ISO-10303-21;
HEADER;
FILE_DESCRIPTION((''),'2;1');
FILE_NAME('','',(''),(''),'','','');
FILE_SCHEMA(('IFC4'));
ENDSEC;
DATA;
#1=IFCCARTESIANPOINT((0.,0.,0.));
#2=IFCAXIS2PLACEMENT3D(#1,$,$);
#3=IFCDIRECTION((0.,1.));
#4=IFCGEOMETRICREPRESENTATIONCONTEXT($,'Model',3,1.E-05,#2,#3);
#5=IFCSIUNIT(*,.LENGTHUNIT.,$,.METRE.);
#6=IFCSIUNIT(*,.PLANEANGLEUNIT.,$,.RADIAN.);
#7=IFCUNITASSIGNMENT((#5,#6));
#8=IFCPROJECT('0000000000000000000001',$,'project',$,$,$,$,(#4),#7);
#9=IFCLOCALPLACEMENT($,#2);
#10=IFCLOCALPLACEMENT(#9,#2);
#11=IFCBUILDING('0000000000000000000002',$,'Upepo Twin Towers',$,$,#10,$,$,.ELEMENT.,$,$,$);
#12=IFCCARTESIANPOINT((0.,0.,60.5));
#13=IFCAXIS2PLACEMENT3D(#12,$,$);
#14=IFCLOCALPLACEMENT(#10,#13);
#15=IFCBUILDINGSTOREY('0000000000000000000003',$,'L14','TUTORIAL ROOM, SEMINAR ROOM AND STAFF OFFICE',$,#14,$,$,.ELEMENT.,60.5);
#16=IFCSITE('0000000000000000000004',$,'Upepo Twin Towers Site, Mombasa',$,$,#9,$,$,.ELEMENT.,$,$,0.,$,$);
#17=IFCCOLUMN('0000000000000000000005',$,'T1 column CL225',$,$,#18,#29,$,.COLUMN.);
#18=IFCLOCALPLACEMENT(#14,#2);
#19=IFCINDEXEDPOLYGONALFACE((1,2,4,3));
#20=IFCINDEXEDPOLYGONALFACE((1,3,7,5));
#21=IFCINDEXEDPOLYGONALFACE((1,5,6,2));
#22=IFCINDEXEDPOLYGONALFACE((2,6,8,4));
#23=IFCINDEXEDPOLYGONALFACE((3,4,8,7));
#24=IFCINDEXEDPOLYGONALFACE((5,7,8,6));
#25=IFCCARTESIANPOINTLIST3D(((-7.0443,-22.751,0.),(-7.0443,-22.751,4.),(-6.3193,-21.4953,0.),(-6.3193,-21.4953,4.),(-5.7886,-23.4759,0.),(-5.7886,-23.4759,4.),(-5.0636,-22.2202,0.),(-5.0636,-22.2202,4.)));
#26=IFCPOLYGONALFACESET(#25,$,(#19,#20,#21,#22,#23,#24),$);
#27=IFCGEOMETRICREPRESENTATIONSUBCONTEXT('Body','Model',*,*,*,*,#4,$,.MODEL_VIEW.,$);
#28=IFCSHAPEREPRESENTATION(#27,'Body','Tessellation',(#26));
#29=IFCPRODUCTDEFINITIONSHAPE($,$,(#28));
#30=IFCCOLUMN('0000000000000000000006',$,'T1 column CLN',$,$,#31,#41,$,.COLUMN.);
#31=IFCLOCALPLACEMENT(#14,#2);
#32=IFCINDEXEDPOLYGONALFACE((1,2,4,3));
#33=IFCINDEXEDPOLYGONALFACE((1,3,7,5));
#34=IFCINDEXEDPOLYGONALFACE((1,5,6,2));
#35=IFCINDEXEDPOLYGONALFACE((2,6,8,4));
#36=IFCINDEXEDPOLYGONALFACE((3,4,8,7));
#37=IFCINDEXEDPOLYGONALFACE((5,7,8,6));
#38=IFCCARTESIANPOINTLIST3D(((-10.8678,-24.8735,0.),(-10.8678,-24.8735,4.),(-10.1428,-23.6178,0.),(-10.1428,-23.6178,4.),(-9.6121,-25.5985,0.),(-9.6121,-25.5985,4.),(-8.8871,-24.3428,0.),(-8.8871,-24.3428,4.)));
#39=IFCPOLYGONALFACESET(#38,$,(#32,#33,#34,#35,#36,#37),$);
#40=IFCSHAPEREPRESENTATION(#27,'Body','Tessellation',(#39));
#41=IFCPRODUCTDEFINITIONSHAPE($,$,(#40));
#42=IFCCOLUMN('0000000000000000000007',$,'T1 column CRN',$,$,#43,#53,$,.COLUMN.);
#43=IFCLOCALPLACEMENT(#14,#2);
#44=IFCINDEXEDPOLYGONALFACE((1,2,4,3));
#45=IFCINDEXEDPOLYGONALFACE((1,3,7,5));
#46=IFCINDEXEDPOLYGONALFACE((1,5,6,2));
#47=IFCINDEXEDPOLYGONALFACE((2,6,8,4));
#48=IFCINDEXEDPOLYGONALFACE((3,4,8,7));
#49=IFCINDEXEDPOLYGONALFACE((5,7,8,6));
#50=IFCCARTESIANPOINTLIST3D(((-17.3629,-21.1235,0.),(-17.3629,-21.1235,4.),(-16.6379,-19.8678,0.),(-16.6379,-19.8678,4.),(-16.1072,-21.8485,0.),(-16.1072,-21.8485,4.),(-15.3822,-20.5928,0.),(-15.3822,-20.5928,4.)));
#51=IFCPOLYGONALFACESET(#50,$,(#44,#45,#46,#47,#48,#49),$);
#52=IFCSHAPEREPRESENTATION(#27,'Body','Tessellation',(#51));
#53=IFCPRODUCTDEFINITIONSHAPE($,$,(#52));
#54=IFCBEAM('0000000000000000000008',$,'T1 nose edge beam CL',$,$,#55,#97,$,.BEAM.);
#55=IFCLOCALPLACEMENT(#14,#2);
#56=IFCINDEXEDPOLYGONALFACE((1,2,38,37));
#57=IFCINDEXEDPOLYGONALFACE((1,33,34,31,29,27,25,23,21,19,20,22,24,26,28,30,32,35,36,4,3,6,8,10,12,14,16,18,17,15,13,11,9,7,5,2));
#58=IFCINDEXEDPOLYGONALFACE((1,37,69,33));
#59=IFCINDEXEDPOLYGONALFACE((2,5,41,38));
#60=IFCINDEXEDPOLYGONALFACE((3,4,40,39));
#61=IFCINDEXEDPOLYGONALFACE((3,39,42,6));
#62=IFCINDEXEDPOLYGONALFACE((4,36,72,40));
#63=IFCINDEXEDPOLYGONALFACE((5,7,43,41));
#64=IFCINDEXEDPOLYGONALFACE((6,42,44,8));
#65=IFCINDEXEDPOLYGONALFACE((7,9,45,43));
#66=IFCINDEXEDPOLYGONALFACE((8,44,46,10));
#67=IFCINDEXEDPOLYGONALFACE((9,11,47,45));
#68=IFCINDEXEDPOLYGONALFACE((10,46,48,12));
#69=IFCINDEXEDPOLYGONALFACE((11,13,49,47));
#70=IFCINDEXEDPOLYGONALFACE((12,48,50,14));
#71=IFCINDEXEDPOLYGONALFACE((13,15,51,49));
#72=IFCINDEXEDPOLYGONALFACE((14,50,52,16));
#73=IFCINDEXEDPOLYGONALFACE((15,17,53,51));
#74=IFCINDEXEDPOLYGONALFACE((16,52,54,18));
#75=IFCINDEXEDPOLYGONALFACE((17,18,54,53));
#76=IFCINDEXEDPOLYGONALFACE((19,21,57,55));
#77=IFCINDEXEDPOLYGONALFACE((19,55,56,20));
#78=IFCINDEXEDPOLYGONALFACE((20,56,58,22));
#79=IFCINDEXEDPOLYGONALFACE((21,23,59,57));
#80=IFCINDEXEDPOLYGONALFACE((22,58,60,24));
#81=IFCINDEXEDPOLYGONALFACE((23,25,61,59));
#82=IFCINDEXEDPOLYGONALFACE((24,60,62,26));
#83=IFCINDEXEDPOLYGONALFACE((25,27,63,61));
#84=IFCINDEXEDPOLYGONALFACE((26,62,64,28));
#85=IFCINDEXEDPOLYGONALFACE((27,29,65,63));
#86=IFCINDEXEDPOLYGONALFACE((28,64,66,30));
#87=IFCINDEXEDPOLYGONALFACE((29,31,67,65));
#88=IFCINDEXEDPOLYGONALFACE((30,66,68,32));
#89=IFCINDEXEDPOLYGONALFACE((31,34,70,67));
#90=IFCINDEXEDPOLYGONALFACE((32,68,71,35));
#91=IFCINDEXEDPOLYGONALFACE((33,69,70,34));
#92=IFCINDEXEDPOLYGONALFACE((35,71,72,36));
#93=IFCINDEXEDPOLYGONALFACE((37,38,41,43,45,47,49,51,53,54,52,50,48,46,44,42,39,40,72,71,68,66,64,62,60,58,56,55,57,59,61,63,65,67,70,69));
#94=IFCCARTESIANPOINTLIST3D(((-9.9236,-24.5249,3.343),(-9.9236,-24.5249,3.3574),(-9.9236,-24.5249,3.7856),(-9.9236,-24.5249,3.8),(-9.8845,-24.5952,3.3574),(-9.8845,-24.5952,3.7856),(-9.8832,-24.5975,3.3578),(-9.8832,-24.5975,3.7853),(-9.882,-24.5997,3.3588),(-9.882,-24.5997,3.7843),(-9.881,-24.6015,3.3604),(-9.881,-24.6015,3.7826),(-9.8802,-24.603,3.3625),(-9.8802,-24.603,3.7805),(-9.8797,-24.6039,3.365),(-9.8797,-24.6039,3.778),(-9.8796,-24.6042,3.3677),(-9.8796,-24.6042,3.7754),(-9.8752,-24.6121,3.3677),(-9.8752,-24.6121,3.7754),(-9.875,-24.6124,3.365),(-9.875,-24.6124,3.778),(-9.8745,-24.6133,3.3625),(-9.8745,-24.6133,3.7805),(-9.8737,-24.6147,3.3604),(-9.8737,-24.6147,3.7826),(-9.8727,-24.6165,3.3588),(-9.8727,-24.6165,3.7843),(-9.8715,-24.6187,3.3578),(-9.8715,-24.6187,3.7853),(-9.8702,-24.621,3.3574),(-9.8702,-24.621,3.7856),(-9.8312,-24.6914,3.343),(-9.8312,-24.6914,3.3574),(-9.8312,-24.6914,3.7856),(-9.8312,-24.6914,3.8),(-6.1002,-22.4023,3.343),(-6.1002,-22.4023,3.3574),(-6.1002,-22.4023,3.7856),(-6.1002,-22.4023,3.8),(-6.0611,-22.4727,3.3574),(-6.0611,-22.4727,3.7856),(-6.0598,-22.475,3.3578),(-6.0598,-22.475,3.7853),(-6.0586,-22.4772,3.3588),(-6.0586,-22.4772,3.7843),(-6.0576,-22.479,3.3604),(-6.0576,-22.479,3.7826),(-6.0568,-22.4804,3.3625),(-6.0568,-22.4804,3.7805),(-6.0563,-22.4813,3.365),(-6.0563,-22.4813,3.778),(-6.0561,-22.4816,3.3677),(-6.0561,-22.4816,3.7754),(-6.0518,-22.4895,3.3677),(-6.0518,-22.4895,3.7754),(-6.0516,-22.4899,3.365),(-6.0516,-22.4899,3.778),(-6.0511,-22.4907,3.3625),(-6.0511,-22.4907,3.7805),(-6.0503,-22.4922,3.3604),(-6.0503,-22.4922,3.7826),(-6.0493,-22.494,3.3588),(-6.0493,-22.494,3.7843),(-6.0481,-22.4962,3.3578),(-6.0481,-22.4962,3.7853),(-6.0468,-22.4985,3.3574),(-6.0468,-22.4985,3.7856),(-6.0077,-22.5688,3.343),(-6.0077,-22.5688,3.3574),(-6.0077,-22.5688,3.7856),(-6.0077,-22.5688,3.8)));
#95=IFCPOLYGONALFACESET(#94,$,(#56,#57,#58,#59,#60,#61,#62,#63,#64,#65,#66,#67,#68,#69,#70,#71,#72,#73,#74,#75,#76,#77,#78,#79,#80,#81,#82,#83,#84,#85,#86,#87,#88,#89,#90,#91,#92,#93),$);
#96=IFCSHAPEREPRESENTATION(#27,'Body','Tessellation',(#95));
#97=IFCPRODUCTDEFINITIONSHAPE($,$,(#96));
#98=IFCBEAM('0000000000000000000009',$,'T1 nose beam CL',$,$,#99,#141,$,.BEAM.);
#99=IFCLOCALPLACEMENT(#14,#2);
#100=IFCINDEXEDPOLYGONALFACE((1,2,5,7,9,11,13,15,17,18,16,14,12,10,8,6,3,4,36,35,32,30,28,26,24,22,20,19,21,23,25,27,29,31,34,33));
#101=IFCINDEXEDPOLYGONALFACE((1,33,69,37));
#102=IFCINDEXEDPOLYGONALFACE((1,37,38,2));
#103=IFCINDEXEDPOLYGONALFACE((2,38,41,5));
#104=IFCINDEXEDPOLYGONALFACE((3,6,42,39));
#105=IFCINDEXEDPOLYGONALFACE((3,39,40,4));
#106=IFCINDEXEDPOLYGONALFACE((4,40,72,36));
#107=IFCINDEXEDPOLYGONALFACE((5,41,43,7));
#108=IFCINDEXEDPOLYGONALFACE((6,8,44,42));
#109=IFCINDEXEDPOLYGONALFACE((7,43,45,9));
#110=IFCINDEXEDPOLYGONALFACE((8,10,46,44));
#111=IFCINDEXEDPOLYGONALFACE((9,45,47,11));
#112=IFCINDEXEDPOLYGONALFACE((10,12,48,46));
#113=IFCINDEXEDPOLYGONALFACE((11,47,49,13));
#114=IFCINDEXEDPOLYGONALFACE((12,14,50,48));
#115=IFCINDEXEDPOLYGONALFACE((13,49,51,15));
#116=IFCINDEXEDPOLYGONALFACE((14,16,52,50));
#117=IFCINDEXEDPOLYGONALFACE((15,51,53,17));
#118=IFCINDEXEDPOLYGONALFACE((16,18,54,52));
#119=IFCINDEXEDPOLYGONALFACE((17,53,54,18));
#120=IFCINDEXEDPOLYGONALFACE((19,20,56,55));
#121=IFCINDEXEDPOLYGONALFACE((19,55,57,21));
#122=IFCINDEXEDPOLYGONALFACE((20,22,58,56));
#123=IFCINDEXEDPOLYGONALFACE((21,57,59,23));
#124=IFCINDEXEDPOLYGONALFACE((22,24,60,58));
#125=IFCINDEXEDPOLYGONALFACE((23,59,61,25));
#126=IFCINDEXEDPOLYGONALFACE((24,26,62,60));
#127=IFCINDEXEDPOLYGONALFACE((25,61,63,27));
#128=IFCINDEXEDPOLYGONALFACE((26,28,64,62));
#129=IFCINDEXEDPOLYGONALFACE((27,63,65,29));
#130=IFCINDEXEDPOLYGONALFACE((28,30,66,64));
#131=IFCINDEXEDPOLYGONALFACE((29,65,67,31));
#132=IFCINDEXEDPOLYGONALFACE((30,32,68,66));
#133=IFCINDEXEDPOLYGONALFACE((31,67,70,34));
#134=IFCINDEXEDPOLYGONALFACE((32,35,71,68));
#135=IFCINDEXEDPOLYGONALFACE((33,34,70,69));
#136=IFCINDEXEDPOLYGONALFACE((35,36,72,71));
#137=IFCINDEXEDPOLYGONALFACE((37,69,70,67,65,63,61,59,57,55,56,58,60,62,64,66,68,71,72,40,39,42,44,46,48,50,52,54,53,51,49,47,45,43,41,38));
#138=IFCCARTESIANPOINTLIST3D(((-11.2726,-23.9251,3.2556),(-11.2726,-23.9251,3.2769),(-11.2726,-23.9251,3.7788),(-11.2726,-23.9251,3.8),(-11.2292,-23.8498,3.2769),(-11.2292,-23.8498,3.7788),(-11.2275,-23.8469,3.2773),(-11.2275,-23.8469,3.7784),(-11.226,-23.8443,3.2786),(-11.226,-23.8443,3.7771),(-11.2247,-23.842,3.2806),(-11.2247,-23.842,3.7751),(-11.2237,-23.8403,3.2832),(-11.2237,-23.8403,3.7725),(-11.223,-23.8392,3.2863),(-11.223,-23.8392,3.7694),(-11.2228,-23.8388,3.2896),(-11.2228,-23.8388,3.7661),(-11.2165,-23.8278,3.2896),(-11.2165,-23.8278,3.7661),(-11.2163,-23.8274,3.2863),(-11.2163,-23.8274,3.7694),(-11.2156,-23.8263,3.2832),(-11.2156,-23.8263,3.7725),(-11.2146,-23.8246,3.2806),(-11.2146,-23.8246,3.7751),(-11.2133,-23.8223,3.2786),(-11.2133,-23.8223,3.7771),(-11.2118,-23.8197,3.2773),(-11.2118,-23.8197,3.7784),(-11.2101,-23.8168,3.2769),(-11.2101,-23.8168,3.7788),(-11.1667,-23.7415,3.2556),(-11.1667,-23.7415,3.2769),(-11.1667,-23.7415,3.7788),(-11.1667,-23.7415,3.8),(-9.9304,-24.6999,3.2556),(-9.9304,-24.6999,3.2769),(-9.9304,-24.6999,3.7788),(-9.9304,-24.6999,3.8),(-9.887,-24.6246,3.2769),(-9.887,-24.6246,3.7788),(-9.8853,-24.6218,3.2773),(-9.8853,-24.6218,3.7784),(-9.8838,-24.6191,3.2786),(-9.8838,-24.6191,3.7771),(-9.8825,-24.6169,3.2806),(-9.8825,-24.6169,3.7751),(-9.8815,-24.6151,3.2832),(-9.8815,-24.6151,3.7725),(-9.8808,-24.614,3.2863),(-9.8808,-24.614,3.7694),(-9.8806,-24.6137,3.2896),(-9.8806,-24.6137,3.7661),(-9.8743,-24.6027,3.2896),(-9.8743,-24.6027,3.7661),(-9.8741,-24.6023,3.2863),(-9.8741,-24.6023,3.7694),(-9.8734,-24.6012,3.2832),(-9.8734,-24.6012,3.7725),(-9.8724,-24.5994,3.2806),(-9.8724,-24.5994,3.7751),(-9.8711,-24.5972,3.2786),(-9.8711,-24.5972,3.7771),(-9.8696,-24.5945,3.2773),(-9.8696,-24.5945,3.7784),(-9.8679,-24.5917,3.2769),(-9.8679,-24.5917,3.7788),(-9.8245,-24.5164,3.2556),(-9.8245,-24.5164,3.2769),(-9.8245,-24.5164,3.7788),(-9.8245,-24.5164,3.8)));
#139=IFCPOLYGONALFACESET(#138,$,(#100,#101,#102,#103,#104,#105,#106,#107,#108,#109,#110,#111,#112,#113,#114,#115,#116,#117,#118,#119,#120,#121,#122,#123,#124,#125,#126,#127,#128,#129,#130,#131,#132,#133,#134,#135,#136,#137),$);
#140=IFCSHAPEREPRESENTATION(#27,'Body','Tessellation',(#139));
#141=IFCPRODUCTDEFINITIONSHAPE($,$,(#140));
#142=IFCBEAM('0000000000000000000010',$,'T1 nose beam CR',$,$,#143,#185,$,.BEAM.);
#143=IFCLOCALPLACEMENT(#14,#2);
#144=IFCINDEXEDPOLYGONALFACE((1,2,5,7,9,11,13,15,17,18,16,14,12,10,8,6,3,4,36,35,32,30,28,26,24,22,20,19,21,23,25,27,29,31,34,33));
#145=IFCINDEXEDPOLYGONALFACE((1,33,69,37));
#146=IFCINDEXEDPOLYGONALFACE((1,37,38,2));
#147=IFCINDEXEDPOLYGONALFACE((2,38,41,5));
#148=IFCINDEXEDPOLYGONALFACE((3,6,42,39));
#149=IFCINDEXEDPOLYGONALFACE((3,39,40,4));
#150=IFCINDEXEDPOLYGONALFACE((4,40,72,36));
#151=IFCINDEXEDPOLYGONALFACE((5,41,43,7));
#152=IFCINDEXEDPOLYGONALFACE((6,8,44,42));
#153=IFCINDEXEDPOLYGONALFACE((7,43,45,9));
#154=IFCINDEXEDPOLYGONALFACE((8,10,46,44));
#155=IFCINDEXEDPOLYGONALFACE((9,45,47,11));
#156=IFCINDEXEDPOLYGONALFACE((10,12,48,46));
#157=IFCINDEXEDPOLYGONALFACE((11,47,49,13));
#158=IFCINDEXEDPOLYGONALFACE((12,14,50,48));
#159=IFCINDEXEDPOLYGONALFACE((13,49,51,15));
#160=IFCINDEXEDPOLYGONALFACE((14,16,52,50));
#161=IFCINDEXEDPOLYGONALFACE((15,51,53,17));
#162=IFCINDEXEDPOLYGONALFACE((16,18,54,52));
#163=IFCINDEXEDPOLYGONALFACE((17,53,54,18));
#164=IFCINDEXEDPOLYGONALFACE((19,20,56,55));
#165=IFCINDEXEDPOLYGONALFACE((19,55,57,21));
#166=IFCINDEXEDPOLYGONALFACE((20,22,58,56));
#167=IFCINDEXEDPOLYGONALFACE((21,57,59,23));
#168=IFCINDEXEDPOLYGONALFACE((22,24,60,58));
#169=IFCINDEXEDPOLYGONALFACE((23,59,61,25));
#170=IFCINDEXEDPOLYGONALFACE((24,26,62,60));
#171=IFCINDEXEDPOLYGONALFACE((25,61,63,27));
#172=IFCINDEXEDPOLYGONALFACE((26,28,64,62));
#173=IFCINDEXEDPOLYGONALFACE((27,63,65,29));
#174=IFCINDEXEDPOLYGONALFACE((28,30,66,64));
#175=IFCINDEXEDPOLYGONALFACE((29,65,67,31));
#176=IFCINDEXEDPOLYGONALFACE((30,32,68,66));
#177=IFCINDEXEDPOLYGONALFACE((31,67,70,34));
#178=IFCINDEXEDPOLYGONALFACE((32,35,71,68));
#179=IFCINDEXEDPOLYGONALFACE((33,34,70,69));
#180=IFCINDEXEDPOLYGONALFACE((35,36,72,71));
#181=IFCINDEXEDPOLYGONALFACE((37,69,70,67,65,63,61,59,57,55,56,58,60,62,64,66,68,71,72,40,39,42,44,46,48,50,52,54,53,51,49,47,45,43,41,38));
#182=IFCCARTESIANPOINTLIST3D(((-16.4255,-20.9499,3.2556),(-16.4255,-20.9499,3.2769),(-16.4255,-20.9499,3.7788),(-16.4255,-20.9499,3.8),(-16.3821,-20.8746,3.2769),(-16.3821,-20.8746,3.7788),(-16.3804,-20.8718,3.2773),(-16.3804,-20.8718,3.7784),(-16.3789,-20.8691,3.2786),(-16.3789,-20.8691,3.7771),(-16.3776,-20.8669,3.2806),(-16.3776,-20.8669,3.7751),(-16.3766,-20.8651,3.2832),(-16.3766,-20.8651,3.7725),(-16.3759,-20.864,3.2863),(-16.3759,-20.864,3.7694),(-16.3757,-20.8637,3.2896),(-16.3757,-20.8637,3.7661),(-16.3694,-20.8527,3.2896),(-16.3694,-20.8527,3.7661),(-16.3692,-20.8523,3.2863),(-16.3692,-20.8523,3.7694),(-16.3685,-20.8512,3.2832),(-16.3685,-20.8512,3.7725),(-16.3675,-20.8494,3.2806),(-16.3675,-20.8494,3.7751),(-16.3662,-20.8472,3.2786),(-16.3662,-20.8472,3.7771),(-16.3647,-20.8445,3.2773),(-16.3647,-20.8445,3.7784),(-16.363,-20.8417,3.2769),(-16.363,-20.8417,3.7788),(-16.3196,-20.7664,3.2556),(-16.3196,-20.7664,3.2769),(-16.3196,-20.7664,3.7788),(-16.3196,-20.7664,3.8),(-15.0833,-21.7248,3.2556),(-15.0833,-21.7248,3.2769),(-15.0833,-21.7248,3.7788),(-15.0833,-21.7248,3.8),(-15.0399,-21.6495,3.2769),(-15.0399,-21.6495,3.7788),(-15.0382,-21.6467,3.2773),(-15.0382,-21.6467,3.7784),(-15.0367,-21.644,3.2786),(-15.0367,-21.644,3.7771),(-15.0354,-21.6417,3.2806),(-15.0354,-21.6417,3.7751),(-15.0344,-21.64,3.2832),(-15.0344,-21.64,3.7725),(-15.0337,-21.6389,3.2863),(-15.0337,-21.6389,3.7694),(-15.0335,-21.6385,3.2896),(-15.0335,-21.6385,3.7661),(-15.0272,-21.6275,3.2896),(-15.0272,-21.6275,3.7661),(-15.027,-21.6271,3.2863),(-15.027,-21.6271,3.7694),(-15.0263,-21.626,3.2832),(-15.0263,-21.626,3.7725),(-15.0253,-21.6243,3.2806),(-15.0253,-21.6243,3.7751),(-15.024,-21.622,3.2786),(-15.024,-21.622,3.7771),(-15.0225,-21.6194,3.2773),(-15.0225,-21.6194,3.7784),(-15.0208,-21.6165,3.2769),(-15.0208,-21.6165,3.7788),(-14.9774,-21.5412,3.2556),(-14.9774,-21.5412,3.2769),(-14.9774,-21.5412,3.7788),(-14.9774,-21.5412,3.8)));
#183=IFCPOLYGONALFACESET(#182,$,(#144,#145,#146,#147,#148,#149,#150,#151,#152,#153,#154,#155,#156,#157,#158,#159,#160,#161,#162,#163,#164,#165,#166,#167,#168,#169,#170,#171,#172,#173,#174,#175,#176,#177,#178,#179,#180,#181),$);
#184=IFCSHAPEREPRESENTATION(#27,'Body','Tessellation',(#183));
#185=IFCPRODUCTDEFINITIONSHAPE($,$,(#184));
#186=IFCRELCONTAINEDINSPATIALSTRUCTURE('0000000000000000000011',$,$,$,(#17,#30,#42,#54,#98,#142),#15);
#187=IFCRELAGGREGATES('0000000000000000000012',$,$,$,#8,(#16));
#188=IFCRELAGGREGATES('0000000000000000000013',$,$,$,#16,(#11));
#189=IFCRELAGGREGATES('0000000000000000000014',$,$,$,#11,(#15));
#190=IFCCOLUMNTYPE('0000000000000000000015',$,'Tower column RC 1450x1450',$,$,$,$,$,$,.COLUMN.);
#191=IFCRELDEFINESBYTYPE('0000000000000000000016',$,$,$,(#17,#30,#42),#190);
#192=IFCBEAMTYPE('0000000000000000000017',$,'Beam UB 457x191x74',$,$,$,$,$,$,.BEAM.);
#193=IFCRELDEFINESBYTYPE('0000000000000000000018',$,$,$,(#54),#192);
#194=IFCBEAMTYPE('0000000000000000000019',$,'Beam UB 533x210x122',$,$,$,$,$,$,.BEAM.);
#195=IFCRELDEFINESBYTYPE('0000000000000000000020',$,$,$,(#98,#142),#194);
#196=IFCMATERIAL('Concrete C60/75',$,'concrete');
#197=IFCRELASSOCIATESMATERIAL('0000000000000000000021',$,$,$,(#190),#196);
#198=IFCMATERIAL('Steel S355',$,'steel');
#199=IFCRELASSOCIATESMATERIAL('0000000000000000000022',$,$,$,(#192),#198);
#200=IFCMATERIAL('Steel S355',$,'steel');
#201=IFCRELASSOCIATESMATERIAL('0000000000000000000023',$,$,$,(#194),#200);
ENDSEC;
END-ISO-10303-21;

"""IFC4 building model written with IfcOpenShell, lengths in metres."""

from ifc_helpers import new_model, si_unit, direction, frame, origin, origin_2d, place, context, subcontext, project, spatial, rectangle, i_section, extrude, material, material_profile, profile_set, type_object, element, save


model = new_model("IFC4")

# Units and contexts
model_context = context("Model", 3, precision=1e-05, world=origin(), true_north=direction((0.0, 1.0)))
body_context = subcontext(model_context, "Body", "Model", "MODEL_VIEW")
ifc_project = project(units=[si_unit("LENGTHUNIT", "METRE"), si_unit("PLANEANGLEUNIT", "RADIAN")], contexts=[model_context])

# Site, building, storey
site_placement = place(None, origin())
site = spatial("IfcSite", under=ifc_project, at=site_placement, Name="Upepo Twin Towers Site, Mombasa", CompositionType="ELEMENT", RefElevation=0.0)
building_placement = place(site_placement, origin())
building = spatial("IfcBuilding", under=site, at=building_placement, Name="Upepo Twin Towers", CompositionType="ELEMENT")
storey_placement = place(building_placement, frame((0.0, 0.0, 60.5)))
storey = spatial("IfcBuildingStorey", under=building, at=storey_placement, Name="L14", Description="TUTORIAL ROOM, SEMINAR ROOM AND STAFF OFFICE", CompositionType="ELEMENT", Elevation=60.5)

# Columns
ifc_material_1 = material(Name="Concrete C60/75", Category="concrete")
ifc_material_profile_1 = material_profile(ifc_material_1, rectangle(XDim=1.45, YDim=1.45, at=origin_2d()), Name="RC 1450x1450")
ifc_profile_set_1 = profile_set([ifc_material_profile_1], Name="Concrete C60/75")
column_type = type_object("IfcColumnType", Name="Tower column RC 1450x1450", PredefinedType="COLUMN", material=ifc_profile_set_1)
for number, where, z_axis, x_axis, name in (
    (1, (-6.054, -22.4856, 0.0), (0.0, 0.0, 1.0), (0.5, 0.866025, 0.0), "T1 column CL225"),
    (2, (-9.8774, -24.6082, 0.0), (0.0, 0.0, 1.0), (0.5, 0.866025, 0.0), "T1 column CLN"),
    (3, (-16.3726, -20.8582, 0.0), (0.0, 0.0, 1.0), (0.5, 0.866025, 0.0), "T1 column CRN"),
):
    element("IfcColumn", number, at=place(storey_placement, frame(where, z_axis=z_axis, x_axis=x_axis)), inside=storey, type_object=column_type, Name=name, PredefinedType="COLUMN", context=body_context, shape_type="SweptSolid", body=[
        extrude(rectangle(XDim=1.45, YDim=1.45, at=origin_2d()), origin(), (0.0, 0.0, 1.0), 4.0),
    ])

# Beams
ifc_material_2 = material(Name="Steel S355", Category="steel")
ifc_material_profile_2 = material_profile(ifc_material_2, i_section(OverallWidth=0.1904, OverallDepth=0.457, WebThickness=0.009, FlangeThickness=0.0144, FilletRadius=0.0103, at=origin_2d()), Name="UB 457x191x74")
ifc_profile_set_2 = profile_set([ifc_material_profile_2], Name="Steel S355")
beam_type_1 = type_object("IfcBeamType", Name="Beam UB 457x191x74", PredefinedType="BEAM", material=ifc_profile_set_2)
beam_1_placement = place(storey_placement, frame((-6.054, -22.4856, 3.5715), z_axis=(-0.874313, -0.485363, 0.0), x_axis=(0.485363, -0.874313, 0.0)))
element("IfcBeam", 4, at=beam_1_placement, inside=storey, type_object=beam_type_1, Name="T1 nose edge beam CL", PredefinedType="BEAM", context=body_context, shape_type="SweptSolid", body=[
    extrude(i_section(OverallWidth=0.1904, OverallDepth=0.457, WebThickness=0.009, FlangeThickness=0.0144, FilletRadius=0.0103, at=origin_2d()), origin(), (0.0, 0.0, 1.0), 4.373),
])
ifc_material_3 = material(Name="Steel S355", Category="steel")
ifc_material_profile_3 = material_profile(ifc_material_3, i_section(OverallWidth=0.2119, OverallDepth=0.5444, WebThickness=0.0127, FlangeThickness=0.0212, FilletRadius=0.0127, at=origin_2d()), Name="UB 533x210x122")
ifc_profile_set_3 = profile_set([ifc_material_profile_3], Name="Steel S355")
beam_type_2 = type_object("IfcBeamType", Name="Beam UB 533x210x122", PredefinedType="BEAM", material=ifc_profile_set_3)
for number, where, z_axis, x_axis, name in (
    (5, (-9.8774, -24.6082, 3.5278), (-0.866044, 0.499968, 0.0), (-0.499968, -0.866044, 0.0), "T1 nose beam CL"),
    (6, (-16.3726, -20.8582, 3.5278), (0.866044, -0.499968, 0.0), (0.499968, 0.866044, 0.0), "T1 nose beam CR"),
):
    element("IfcBeam", number, at=place(storey_placement, frame(where, z_axis=z_axis, x_axis=x_axis)), inside=storey, type_object=beam_type_2, Name=name, PredefinedType="BEAM", context=body_context, shape_type="SweptSolid", body=[
        extrude(i_section(OverallWidth=0.2119, OverallDepth=0.5444, WebThickness=0.0127, FlangeThickness=0.0212, FilletRadius=0.0127, at=origin_2d()), origin(), (0.0, 0.0, 1.0), 1.5498),
    ])

save(model, "model.ifc")
